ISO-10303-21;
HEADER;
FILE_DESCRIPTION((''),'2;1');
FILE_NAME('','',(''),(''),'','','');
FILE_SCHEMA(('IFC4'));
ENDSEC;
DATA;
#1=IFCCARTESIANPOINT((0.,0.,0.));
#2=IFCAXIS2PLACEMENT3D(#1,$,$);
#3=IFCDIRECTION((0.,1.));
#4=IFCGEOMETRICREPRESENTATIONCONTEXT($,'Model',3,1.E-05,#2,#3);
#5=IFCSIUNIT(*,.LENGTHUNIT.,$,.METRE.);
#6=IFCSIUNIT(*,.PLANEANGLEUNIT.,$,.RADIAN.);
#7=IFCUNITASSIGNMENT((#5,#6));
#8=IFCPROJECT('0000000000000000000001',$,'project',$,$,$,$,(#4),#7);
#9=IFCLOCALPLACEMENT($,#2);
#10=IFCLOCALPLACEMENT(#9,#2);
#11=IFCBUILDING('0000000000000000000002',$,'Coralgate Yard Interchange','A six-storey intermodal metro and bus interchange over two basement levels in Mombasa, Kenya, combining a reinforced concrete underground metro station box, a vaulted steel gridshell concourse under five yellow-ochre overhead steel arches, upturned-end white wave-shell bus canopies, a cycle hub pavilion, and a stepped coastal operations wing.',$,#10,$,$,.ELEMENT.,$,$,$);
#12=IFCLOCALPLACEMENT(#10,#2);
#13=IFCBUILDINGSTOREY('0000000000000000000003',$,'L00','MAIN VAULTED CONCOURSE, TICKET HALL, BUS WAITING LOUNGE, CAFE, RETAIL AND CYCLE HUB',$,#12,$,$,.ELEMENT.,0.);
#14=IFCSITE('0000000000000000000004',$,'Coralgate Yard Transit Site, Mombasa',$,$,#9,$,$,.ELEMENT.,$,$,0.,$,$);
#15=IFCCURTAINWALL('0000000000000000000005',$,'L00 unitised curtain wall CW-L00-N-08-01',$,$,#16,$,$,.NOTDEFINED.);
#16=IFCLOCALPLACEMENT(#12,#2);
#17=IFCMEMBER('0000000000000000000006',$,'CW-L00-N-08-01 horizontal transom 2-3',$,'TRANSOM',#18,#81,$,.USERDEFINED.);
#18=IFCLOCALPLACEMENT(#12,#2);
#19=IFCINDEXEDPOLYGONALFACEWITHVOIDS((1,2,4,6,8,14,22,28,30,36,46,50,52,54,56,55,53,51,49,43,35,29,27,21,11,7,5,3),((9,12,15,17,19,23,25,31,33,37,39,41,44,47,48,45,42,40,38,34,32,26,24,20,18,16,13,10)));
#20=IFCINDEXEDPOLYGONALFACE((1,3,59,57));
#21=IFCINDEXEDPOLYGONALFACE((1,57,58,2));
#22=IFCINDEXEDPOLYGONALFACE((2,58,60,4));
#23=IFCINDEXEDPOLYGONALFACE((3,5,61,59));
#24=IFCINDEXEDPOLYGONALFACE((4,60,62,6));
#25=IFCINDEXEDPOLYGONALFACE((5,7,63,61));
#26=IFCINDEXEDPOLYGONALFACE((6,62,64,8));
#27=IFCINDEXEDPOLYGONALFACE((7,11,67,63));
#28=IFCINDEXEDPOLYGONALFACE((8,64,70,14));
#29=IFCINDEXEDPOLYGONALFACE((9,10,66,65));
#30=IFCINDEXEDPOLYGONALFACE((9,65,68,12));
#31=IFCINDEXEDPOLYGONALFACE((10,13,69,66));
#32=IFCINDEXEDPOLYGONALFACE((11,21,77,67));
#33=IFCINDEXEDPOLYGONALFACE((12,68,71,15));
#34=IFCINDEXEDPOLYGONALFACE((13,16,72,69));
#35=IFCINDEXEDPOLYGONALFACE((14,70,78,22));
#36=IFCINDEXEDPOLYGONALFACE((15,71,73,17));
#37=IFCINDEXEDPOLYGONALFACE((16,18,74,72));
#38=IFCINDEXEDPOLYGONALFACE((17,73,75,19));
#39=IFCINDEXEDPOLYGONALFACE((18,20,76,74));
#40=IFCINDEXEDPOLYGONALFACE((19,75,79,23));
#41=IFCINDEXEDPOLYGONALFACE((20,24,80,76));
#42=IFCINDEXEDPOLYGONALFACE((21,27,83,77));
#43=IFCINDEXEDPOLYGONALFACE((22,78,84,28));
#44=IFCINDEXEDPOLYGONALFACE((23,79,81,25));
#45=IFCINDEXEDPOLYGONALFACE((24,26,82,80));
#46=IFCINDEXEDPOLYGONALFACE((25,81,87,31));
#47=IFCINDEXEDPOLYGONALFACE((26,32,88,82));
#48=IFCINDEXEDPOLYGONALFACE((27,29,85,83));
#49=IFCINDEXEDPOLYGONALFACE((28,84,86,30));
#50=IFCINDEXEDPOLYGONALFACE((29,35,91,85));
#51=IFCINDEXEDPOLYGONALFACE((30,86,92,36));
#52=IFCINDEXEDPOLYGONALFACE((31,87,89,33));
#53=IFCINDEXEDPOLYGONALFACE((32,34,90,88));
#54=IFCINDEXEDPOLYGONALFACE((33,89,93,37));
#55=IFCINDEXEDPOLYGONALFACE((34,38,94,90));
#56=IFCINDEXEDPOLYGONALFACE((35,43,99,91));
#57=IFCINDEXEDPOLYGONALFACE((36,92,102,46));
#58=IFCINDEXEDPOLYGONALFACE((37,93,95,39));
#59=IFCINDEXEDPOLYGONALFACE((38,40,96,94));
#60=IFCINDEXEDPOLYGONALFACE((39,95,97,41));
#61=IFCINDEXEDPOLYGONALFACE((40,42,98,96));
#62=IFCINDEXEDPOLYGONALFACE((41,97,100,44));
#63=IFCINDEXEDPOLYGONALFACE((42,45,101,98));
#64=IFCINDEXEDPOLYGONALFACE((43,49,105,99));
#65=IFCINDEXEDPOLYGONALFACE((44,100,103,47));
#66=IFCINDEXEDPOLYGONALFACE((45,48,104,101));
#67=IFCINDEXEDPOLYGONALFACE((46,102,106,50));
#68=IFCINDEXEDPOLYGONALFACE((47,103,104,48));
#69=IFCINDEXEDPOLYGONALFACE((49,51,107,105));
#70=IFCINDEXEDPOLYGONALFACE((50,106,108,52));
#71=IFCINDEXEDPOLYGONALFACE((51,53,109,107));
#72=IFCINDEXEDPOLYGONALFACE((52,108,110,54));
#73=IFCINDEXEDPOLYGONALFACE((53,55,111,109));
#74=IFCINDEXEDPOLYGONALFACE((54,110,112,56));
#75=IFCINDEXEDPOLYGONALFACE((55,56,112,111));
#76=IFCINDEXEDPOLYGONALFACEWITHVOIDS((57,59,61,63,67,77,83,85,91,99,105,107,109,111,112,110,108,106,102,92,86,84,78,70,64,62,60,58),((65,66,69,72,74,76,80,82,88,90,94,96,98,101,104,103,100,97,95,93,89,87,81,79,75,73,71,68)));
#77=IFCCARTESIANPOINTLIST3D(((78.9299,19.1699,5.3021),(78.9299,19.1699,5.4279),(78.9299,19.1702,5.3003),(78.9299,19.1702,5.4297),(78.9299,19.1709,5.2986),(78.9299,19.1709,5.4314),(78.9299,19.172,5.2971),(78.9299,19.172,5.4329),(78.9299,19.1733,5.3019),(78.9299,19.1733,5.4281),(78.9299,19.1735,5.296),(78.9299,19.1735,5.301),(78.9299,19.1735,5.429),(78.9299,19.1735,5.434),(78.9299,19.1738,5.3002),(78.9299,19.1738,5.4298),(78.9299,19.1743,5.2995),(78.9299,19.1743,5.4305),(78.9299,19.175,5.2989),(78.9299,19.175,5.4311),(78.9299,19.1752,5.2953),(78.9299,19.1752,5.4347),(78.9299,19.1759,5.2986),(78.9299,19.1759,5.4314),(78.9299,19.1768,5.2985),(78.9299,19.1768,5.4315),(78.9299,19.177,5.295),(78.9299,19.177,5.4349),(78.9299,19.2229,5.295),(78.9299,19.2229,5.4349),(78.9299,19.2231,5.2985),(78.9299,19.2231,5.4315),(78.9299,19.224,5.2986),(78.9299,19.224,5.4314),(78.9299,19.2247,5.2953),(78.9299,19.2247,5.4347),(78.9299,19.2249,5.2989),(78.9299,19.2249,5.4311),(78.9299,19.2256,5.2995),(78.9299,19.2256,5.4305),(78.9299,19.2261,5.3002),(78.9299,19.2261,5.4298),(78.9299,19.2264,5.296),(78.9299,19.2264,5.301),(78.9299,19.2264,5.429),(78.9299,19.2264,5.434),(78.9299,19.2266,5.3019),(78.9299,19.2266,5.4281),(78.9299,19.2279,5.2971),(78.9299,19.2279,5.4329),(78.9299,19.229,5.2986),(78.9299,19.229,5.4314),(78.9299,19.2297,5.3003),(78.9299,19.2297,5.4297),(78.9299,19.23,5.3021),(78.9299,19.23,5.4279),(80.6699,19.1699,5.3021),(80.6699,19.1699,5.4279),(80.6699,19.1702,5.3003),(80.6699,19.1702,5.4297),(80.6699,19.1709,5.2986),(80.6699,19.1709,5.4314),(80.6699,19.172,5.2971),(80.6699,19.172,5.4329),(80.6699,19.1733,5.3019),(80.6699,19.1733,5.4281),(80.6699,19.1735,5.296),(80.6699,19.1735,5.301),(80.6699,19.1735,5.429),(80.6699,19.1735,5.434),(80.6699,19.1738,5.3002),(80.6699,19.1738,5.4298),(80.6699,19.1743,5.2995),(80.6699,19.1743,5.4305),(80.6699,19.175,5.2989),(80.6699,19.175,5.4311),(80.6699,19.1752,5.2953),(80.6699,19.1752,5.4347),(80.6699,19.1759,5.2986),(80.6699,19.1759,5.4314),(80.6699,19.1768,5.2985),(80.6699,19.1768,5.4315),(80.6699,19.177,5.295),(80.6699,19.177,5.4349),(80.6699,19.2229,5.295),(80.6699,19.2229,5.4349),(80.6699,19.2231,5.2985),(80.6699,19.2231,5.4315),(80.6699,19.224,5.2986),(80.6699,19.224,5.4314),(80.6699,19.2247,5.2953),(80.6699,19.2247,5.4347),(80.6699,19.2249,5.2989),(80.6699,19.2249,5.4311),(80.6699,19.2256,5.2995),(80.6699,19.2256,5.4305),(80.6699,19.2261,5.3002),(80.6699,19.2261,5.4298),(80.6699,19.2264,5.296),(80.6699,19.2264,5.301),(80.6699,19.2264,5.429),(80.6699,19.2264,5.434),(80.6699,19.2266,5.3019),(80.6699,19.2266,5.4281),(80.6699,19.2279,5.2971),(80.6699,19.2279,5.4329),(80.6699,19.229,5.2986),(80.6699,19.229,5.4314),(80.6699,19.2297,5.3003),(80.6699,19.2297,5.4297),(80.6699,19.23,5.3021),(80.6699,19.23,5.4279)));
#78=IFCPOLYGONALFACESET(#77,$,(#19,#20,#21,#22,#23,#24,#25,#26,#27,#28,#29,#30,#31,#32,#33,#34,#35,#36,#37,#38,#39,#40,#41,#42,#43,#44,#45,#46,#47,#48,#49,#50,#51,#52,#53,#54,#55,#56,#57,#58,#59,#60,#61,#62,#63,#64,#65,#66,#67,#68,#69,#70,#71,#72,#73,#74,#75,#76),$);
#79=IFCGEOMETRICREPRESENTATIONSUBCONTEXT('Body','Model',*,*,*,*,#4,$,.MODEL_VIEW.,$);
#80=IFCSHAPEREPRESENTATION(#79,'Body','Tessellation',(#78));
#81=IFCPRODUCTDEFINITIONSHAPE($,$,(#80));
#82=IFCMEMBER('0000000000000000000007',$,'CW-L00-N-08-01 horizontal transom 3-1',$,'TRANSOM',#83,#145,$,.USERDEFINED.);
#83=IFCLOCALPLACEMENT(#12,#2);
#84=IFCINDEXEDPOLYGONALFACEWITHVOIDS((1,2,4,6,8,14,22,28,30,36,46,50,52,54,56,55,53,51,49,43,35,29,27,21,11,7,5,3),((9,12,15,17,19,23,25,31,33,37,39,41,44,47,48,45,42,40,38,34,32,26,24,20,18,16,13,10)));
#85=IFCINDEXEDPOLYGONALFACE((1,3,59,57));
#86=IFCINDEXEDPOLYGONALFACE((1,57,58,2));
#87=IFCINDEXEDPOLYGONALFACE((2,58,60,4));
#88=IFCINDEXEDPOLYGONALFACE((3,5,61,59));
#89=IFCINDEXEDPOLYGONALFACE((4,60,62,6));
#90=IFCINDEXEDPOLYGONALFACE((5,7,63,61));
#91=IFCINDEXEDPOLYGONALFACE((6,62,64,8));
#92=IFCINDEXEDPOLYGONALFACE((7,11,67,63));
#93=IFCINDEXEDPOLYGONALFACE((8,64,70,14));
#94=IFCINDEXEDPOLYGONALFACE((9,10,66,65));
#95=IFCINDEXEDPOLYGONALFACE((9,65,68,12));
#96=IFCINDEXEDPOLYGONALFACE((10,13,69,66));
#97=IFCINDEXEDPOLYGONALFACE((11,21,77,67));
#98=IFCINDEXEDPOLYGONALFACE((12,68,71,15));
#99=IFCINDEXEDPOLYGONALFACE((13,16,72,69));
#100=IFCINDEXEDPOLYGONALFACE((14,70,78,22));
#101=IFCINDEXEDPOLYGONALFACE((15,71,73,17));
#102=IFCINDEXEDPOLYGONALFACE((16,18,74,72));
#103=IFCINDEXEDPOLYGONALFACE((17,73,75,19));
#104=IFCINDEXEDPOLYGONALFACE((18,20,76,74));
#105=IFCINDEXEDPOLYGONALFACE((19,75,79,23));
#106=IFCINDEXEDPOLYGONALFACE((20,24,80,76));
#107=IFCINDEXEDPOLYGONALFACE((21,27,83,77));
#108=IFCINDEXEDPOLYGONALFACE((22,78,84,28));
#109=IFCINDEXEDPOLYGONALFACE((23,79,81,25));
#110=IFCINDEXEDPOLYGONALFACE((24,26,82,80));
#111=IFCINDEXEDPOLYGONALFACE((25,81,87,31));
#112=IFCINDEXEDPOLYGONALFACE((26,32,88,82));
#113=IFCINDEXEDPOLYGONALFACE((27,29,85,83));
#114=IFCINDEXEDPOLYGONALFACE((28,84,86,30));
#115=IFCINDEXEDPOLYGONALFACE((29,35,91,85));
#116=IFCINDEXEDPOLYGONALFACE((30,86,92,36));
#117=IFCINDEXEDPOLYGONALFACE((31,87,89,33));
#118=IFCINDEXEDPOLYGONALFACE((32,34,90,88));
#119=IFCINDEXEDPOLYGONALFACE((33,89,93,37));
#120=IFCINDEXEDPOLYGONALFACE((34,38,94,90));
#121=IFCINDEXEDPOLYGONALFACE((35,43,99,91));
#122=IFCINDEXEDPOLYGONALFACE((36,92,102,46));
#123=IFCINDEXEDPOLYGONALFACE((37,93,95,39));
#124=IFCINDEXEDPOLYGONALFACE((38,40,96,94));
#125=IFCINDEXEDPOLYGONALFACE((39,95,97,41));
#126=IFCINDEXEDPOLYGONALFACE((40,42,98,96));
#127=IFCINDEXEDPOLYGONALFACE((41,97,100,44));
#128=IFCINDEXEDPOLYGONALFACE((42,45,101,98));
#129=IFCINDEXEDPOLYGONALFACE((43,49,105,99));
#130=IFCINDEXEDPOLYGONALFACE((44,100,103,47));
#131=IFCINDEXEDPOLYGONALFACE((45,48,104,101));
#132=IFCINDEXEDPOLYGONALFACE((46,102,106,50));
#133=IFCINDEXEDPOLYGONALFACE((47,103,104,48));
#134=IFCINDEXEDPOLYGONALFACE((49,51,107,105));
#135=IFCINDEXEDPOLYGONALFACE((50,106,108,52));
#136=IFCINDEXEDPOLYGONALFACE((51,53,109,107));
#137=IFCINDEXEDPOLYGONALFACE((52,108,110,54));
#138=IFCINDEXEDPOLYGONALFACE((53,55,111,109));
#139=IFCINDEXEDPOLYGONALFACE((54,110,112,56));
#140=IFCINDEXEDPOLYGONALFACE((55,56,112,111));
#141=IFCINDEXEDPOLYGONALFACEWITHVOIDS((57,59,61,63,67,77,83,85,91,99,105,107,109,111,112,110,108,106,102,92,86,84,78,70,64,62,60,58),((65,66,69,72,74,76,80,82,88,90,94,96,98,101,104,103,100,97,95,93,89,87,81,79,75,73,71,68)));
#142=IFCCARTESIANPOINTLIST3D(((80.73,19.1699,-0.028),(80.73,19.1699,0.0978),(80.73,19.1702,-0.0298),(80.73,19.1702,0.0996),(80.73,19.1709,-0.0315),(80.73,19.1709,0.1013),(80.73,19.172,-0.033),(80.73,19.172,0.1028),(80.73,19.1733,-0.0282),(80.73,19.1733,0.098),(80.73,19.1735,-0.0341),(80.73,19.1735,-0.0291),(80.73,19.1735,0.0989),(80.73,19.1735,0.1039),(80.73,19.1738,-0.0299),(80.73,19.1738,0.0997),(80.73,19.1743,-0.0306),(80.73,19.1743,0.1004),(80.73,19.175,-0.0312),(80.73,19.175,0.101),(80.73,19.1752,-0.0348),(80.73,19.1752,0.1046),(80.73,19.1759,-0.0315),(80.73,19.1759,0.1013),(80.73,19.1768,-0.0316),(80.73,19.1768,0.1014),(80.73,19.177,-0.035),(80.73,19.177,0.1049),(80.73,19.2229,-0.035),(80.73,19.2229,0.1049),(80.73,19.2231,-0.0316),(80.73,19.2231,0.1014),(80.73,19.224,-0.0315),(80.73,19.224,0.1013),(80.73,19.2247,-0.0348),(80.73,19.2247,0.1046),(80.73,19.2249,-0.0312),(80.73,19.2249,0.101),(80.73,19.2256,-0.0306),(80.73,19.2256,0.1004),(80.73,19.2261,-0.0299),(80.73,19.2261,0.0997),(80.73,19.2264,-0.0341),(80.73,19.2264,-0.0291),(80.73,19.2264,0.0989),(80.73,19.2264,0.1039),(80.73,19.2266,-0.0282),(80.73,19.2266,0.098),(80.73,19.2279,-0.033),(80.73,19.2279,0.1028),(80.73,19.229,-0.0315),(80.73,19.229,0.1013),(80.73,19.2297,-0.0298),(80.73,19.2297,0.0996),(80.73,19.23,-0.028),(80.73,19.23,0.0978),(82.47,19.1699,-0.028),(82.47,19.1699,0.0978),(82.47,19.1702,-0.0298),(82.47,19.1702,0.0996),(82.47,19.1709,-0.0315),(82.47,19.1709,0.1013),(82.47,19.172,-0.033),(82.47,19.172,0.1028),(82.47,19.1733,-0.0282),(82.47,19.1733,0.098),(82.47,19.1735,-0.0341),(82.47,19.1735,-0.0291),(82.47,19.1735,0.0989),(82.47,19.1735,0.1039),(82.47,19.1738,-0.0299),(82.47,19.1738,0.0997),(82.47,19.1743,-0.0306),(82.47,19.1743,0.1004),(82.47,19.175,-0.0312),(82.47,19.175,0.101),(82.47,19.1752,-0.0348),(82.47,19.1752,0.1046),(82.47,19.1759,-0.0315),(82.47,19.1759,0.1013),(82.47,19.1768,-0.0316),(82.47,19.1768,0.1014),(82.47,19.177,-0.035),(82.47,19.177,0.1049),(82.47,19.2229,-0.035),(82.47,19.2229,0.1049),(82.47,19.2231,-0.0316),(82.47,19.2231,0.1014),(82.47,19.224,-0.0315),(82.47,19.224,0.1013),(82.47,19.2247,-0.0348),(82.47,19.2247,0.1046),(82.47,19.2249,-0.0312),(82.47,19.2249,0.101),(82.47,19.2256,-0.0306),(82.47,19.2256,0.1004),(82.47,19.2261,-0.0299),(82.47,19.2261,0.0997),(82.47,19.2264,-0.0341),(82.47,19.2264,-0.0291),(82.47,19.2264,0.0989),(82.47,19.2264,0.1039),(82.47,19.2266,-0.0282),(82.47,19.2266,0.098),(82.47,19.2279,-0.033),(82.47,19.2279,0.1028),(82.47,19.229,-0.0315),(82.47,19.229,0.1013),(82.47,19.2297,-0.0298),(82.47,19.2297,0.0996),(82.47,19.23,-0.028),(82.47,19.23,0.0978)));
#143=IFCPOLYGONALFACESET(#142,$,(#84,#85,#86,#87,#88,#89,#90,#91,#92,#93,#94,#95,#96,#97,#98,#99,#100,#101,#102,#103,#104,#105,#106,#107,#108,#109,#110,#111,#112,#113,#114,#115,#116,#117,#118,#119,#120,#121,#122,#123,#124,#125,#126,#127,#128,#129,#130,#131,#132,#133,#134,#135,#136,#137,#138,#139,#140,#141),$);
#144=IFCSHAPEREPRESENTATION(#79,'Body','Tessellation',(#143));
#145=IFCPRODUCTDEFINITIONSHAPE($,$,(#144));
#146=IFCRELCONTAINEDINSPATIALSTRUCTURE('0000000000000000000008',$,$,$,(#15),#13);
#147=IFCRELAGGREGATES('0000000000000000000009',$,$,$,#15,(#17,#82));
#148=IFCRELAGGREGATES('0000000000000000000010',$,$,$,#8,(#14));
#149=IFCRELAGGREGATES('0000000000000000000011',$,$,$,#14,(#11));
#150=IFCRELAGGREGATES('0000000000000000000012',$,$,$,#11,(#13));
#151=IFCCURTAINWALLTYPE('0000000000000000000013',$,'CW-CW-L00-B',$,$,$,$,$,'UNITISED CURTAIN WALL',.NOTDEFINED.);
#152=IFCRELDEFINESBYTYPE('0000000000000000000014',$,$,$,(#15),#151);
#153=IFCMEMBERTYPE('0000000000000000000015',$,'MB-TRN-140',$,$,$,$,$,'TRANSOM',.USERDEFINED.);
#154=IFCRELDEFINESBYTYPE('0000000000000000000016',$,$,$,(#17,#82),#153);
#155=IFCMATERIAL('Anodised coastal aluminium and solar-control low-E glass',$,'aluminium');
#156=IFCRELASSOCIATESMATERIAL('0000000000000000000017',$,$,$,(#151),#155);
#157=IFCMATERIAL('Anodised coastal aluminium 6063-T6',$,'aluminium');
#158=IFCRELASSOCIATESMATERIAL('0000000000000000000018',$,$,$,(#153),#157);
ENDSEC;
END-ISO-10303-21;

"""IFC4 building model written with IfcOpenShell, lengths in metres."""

from ifc_helpers import new_model, si_unit, direction, frame, origin, origin_2d, place, context, subcontext, project, spatial, hollow_rectangle, extrude, material, material_profile, profile_set, type_object, element, aggregate, save


model = new_model("IFC4")

# Units and contexts
model_context = context("Model", 3, precision=1e-05, world=origin(), true_north=direction((0.0, 1.0)))
body_context = subcontext(model_context, "Body", "Model", "MODEL_VIEW")
ifc_project = project(units=[si_unit("LENGTHUNIT", "METRE"), si_unit("PLANEANGLEUNIT", "RADIAN")], contexts=[model_context])

# Site, building, storey
site_placement = place(None, origin())
site = spatial("IfcSite", under=ifc_project, at=site_placement, Name="Coralgate Yard Transit Site, Mombasa", CompositionType="ELEMENT", RefElevation=0.0)
building_placement = place(site_placement, origin())
building = spatial("IfcBuilding", under=site, at=building_placement, Name="Coralgate Yard Interchange", Description="A six-storey intermodal metro and bus interchange over two basement levels in Mombasa, Kenya, combining a reinforced concrete underground metro station box, a vaulted steel gridshell concourse under five yellow-ochre overhead steel arches, upturned-end white wave-shell bus canopies, a cycle hub pavilion, and a stepped coastal operations wing.", CompositionType="ELEMENT")
storey_placement = place(building_placement, origin())
storey = spatial("IfcBuildingStorey", under=building, at=storey_placement, Name="L00", Description="MAIN VAULTED CONCOURSE, TICKET HALL, BUS WAITING LOUNGE, CAFE, RETAIL AND CYCLE HUB", CompositionType="ELEMENT", Elevation=0.0)

# Curtain wall, members
ifc_material_1 = material(Name="Anodised coastal aluminium and solar-control low-E glass", Category="aluminium")
curtain_wall_type = type_object("IfcCurtainWallType", Name="CW-CW-L00-B", ElementType="UNITISED CURTAIN WALL", PredefinedType="NOTDEFINED", material=ifc_material_1)
curtain_wall_placement = place(storey_placement, origin())
curtain_wall = element("IfcCurtainWall", 1, at=curtain_wall_placement, inside=storey, type_object=curtain_wall_type, Name="L00 unitised curtain wall CW-L00-N-08-01", PredefinedType="NOTDEFINED")
ifc_material_2 = material(Name="Anodised coastal aluminium 6063-T6", Category="aluminium")
ifc_material_profile_1 = material_profile(ifc_material_2, hollow_rectangle(XDim=0.0601, YDim=0.1399, WallThickness=0.0034, InnerFilletRadius=0.0034, OuterFilletRadius=0.0071, at=origin_2d()), Name="ALU 60x140x3.5")
ifc_profile_set_1 = profile_set([ifc_material_profile_1], Name="Anodised coastal aluminium 6063-T6")
member_type_1 = type_object("IfcMemberType", Name="MB-TRN-140", ElementType="TRANSOM", PredefinedType="USERDEFINED", material=ifc_profile_set_1)
member_1_placement = place(storey_placement, frame((78.9299, 19.2, 5.365), z_axis=(1.0, 0.0, 0.0), x_axis=(0.0, 1.0, 0.0)))
member_1 = element("IfcMember", 2, at=member_1_placement, type_object=member_type_1, Name="CW-L00-N-08-01 horizontal transom 2-3", ObjectType="TRANSOM", PredefinedType="USERDEFINED", context=body_context, shape_type="SweptSolid", body=[
    extrude(hollow_rectangle(XDim=0.0601, YDim=0.1399, WallThickness=0.0034, InnerFilletRadius=0.0034, OuterFilletRadius=0.0071, at=origin_2d()), origin(), (0.0, 0.0, 1.0), 1.74),
])
member_2_placement = place(storey_placement, frame((80.73, 19.2, 0.0349), z_axis=(1.0, 0.0, 0.0), x_axis=(0.0, 1.0, 0.0)))
member_2 = element("IfcMember", 3, at=member_2_placement, type_object=member_type_1, Name="CW-L00-N-08-01 horizontal transom 3-1", ObjectType="TRANSOM", PredefinedType="USERDEFINED", context=body_context, shape_type="SweptSolid", body=[
    extrude(hollow_rectangle(XDim=0.0601, YDim=0.1399, WallThickness=0.0034, InnerFilletRadius=0.0034, OuterFilletRadius=0.0071, at=origin_2d()), origin(), (0.0, 0.0, 1.0), 1.74),
])
aggregate(curtain_wall, [member_1, member_2])

save(model, "model.ifc")
